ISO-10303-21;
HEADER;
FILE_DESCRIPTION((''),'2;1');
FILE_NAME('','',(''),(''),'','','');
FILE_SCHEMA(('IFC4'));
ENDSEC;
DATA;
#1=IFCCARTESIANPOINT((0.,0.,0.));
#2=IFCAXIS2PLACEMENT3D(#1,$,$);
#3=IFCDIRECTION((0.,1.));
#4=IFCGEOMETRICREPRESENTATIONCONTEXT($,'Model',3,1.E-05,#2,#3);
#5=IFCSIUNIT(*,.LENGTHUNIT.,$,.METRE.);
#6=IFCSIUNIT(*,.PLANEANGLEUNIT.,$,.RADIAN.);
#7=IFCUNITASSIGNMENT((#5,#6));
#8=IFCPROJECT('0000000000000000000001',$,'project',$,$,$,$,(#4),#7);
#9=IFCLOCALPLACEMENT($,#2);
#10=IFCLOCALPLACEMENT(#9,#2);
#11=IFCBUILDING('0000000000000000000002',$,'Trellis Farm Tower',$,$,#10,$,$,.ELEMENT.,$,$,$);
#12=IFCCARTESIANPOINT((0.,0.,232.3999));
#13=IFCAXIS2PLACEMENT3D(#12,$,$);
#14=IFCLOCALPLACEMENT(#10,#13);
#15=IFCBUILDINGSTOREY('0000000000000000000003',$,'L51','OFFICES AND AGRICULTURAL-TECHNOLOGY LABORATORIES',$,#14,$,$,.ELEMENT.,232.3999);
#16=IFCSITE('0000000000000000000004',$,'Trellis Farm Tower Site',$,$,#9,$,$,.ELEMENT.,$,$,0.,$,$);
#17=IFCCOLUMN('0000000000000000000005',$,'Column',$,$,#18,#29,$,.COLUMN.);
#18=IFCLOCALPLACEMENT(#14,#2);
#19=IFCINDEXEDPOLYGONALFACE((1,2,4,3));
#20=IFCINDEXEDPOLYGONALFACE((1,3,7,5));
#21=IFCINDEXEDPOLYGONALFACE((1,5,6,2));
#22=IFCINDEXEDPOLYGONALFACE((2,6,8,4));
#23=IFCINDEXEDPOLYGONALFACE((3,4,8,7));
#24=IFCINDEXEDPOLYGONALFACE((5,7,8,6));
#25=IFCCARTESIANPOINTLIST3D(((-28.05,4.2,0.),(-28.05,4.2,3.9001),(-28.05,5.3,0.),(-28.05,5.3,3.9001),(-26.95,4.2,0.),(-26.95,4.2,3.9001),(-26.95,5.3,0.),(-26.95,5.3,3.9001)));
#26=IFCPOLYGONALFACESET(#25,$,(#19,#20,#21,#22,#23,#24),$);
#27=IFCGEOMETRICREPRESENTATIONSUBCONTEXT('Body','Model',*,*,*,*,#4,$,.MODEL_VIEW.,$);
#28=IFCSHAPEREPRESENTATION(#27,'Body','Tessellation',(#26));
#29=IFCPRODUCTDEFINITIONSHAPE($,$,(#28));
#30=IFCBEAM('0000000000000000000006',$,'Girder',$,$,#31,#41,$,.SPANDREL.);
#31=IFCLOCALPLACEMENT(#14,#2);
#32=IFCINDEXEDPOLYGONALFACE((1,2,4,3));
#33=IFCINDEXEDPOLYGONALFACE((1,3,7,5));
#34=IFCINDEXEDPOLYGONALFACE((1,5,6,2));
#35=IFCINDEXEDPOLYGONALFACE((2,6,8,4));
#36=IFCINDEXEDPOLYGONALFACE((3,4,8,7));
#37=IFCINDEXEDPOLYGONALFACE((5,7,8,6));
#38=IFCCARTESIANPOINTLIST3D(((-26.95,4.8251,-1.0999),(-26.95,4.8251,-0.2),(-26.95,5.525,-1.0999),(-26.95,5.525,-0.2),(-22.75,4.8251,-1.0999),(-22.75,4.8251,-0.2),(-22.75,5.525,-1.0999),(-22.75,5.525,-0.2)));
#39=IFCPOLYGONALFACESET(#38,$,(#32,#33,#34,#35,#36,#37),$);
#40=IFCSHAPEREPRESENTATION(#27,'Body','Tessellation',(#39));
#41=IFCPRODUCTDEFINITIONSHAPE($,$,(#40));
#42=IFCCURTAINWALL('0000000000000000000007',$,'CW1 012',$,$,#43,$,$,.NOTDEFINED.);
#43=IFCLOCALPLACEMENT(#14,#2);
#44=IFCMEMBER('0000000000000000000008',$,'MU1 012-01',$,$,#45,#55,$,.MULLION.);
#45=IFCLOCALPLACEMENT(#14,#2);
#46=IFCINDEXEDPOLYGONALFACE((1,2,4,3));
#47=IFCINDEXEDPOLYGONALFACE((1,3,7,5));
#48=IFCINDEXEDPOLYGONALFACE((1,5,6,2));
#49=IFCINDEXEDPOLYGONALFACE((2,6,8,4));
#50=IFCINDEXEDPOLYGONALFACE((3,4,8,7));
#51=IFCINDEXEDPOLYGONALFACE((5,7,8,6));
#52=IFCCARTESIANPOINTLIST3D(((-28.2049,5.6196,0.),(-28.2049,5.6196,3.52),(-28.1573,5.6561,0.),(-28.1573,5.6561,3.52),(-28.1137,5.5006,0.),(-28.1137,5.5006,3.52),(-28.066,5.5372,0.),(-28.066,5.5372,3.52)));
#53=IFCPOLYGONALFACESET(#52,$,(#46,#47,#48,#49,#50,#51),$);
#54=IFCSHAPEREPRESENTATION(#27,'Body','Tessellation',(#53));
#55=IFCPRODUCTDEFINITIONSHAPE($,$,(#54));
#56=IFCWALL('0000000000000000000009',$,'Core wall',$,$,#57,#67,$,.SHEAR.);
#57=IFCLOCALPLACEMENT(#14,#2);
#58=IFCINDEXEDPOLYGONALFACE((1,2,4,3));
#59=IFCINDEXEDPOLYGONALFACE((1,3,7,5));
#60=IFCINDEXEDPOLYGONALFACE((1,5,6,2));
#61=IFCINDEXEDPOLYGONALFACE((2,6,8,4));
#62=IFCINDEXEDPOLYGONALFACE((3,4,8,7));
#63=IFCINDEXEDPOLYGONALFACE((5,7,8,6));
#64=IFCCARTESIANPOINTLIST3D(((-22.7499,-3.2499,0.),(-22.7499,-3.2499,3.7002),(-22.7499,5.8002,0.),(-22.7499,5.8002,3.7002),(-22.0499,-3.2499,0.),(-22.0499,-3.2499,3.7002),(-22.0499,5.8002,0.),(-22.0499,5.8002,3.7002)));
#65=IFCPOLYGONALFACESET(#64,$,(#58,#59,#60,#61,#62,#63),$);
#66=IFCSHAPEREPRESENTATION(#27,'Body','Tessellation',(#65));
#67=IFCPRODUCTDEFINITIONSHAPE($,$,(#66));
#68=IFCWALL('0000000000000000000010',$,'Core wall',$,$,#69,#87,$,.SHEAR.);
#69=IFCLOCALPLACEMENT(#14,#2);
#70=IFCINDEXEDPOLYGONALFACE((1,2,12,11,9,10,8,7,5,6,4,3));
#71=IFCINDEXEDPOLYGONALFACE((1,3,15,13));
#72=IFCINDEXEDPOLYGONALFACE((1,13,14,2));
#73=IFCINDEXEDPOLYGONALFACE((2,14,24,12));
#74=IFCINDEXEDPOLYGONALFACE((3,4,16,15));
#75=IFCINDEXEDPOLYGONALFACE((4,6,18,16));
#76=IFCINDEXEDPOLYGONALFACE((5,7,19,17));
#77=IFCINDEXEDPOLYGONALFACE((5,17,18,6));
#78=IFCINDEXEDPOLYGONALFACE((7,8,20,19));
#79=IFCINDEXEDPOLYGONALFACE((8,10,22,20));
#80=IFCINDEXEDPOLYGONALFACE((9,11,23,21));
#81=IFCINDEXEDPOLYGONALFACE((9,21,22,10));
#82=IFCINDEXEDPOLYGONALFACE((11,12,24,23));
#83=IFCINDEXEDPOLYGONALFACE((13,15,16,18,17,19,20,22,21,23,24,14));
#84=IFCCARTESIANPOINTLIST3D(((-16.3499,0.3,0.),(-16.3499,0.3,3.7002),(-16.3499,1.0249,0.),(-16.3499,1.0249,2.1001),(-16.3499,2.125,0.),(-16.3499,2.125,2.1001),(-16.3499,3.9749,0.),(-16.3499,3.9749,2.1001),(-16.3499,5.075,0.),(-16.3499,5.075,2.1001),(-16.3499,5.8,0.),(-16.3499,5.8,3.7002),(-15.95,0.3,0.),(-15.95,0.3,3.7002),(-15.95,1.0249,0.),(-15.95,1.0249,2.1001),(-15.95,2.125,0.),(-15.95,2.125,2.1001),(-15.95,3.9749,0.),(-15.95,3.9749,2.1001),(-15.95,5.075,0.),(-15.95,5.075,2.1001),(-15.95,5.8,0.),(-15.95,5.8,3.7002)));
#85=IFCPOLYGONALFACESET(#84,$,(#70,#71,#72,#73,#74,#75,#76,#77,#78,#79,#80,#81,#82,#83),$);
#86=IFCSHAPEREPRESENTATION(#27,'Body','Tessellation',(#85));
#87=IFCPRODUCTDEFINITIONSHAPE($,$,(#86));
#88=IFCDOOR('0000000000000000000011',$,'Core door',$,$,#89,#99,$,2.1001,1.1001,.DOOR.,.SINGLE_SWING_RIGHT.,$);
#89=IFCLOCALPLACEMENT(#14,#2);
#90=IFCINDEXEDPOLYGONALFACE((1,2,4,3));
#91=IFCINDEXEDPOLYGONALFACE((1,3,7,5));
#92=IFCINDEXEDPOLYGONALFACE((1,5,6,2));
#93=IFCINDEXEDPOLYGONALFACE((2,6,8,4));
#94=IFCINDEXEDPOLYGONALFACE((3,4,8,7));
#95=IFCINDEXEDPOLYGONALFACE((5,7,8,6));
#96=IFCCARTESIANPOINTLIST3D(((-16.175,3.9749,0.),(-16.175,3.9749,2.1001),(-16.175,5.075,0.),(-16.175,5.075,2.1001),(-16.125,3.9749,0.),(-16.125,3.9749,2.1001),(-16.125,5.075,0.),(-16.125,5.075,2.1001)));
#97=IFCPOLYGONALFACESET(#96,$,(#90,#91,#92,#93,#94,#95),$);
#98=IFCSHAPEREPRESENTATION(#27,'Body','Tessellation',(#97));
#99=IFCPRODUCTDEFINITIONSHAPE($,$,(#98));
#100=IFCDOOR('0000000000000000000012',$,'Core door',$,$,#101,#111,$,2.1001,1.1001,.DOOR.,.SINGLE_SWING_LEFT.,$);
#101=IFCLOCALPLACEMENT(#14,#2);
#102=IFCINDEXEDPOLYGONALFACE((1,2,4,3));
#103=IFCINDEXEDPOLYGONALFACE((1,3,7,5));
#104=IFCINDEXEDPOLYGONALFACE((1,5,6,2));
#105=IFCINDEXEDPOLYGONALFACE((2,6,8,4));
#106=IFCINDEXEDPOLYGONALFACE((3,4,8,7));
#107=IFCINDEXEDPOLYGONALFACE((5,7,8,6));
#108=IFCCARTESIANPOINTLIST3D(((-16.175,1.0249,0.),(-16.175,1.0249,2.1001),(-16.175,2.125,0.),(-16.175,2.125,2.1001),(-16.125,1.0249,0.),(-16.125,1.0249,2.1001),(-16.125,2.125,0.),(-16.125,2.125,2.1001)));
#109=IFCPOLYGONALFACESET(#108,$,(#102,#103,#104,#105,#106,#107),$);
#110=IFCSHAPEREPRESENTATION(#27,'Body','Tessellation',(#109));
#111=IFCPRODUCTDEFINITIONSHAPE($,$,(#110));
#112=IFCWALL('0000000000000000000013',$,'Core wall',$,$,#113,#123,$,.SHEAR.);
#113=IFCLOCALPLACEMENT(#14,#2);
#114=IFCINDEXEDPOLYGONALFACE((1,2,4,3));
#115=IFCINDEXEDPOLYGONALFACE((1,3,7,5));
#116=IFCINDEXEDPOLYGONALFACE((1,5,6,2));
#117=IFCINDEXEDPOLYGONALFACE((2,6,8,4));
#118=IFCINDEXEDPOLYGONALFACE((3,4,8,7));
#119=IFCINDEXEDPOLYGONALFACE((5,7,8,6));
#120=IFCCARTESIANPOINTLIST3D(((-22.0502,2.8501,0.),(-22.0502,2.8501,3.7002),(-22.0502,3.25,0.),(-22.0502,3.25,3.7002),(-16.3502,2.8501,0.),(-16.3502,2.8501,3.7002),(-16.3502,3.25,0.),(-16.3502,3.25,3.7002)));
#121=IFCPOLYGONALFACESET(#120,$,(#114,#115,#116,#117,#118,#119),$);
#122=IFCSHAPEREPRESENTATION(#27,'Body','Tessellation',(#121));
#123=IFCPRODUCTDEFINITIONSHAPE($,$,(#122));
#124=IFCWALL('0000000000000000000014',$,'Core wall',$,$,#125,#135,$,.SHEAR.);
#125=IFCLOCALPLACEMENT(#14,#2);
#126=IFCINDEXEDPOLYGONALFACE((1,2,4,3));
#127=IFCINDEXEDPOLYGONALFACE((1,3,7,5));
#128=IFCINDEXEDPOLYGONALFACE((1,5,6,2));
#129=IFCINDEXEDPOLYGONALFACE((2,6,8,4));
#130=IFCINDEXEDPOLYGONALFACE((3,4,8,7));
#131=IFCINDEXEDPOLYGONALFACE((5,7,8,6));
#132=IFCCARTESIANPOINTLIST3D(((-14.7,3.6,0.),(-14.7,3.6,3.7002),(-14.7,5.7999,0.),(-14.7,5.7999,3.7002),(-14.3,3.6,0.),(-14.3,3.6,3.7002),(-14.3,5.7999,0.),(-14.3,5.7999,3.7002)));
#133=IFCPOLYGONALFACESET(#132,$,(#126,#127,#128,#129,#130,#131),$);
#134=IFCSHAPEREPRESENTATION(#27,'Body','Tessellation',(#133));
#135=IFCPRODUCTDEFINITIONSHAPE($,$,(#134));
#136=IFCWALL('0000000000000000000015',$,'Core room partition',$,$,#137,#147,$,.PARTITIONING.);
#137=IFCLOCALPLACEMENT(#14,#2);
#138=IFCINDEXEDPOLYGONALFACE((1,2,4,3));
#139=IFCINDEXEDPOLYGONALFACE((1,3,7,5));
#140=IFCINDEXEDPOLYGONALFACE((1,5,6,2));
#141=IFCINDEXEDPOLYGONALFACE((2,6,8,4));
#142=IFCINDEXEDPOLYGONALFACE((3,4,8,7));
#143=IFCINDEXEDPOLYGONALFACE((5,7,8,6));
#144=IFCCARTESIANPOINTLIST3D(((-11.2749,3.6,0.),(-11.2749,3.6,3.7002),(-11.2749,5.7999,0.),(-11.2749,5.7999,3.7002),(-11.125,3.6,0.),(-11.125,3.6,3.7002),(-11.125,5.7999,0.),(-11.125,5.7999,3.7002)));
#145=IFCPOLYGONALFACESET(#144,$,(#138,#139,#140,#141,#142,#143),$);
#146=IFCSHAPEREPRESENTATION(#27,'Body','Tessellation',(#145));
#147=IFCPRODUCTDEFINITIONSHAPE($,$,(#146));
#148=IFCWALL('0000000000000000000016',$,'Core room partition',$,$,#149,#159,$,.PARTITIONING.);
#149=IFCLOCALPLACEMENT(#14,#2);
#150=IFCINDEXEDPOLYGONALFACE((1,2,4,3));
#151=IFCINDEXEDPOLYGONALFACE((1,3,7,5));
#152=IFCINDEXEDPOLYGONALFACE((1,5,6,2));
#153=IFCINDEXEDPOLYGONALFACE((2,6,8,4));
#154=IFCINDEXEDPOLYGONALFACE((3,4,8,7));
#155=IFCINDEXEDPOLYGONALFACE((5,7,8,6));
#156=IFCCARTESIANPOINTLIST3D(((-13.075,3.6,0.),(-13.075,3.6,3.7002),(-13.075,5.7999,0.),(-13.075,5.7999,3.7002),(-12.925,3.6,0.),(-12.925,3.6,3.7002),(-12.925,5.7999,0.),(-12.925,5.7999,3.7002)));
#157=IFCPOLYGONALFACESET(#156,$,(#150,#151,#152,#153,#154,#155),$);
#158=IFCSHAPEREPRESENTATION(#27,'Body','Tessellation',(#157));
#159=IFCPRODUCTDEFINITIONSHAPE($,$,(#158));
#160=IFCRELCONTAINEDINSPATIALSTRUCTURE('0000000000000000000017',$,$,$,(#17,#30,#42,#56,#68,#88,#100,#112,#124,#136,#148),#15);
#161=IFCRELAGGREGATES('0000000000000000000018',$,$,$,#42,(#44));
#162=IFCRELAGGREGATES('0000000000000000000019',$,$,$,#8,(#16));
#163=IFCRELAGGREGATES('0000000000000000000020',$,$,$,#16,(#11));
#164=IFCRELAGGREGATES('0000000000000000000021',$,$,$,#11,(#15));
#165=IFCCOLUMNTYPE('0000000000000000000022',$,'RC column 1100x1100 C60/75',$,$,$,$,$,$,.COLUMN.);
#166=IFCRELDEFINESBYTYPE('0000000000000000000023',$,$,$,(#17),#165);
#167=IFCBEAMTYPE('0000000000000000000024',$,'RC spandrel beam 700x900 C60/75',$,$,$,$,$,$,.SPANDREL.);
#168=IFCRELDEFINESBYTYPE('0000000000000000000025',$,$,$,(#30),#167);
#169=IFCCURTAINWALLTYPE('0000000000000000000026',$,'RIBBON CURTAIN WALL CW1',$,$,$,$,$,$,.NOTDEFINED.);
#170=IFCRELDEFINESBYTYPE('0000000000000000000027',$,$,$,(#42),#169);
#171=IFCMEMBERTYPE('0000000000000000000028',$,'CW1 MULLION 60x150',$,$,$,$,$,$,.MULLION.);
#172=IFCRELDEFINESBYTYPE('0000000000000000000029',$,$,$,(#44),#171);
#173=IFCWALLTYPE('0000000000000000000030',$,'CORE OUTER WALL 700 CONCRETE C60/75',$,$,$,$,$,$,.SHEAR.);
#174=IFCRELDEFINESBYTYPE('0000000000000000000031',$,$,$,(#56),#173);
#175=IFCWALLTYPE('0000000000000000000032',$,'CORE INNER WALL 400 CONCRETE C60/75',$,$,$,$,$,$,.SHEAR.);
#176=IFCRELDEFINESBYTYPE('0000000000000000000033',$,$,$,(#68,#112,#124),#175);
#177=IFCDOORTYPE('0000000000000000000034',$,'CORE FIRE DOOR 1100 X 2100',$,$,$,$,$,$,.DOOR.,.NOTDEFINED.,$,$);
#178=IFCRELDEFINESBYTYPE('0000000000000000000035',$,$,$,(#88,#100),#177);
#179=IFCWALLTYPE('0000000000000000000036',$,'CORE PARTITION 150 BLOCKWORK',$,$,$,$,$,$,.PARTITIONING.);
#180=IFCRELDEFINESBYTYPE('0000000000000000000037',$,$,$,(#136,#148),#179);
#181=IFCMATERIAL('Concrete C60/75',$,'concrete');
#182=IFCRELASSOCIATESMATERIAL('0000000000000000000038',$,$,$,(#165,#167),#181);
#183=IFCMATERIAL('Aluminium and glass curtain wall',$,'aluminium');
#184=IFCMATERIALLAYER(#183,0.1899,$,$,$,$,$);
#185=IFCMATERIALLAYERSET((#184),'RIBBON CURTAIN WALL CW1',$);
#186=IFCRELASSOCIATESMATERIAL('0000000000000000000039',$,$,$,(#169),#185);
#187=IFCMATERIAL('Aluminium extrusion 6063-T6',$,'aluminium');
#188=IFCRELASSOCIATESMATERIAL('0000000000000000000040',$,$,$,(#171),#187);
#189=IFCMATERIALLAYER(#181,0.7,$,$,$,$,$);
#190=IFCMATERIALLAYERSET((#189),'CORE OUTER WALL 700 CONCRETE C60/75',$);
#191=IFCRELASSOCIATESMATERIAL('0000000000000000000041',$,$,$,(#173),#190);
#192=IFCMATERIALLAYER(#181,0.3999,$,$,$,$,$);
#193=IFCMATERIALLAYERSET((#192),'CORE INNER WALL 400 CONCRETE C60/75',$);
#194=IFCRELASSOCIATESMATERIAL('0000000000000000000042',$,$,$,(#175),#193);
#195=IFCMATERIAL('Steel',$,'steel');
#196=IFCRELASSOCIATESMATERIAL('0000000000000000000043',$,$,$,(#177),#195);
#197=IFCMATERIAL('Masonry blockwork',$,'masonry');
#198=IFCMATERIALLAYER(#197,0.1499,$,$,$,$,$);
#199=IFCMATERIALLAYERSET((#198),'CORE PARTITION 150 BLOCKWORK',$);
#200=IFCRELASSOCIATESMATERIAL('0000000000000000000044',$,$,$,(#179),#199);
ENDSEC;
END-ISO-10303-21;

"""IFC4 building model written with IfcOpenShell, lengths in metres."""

from ifc_helpers import new_model, si_unit, direction, frame, frame_2d, origin, origin_2d, place, context, subcontext, project, spatial, rectangle, extrude, source, transform, mapped, material, layer, layer_set, material_profile, profile_set, type_object, element, fill, aggregate, save


model = new_model("IFC4")

# Units and contexts
model_context = context("Model", 3, precision=1e-05, world=origin(), true_north=direction((0.0, 1.0)))
body_context = subcontext(model_context, "Body", "Model", "MODEL_VIEW")
ifc_project = project(units=[si_unit("LENGTHUNIT", "METRE"), si_unit("PLANEANGLEUNIT", "RADIAN")], contexts=[model_context])

# Site, building, storey
site_placement = place(None, origin())
site = spatial("IfcSite", under=ifc_project, at=site_placement, Name="Trellis Farm Tower Site", CompositionType="ELEMENT", RefElevation=0.0)
building_placement = place(site_placement, origin())
building = spatial("IfcBuilding", under=site, at=building_placement, Name="Trellis Farm Tower", CompositionType="ELEMENT")
storey_placement = place(building_placement, frame((0.0, 0.0, 232.3999)))
storey = spatial("IfcBuildingStorey", under=building, at=storey_placement, Name="L51", Description="OFFICES AND AGRICULTURAL-TECHNOLOGY LABORATORIES", CompositionType="ELEMENT", Elevation=232.3999)

# Column
ifc_material_1 = material(Name="Concrete C60/75", Category="concrete")
ifc_material_profile_1 = material_profile(ifc_material_1, rectangle(XDim=1.1001, YDim=1.1001, at=origin_2d()), Name="RC column 1100x1100 C60/75")
ifc_profile_set_1 = profile_set([ifc_material_profile_1], Name="Concrete C60/75")
column_type = type_object("IfcColumnType", Name="RC column 1100x1100 C60/75", PredefinedType="COLUMN", material=ifc_profile_set_1)
shared_shape_1 = source(origin(), body_context, "Body", "SweptSolid", [
    extrude(rectangle(XDim=1.1001, YDim=1.1001, at=origin_2d()), origin(), (0.0, 0.0, 1.0), 3.9001),
])
column_placement = place(storey_placement, frame((-27.5, 4.75, 0.0), z_axis=(0.0, 0.0, 1.0), x_axis=(1.0, 0.0, 0.0)))
element("IfcColumn", 1, at=column_placement, inside=storey, type_object=column_type, Name="Column", PredefinedType="COLUMN", context=body_context, shape_type="MappedRepresentation", body=[
    mapped(shared_shape_1, transform((0.0, 0.0, 0.0))),
])

# Beam
ifc_material_profile_2 = material_profile(ifc_material_1, rectangle(XDim=0.7, YDim=0.8999, at=origin_2d()), Name="RC spandrel beam 700x900 C60/75")
ifc_profile_set_2 = profile_set([ifc_material_profile_2], Name="Concrete C60/75")
beam_type = type_object("IfcBeamType", Name="RC spandrel beam 700x900 C60/75", PredefinedType="SPANDREL", material=ifc_profile_set_2)
shared_shape_2 = source(origin(), body_context, "Body", "SweptSolid", [
    extrude(rectangle(XDim=0.7, YDim=0.8999, at=origin_2d()), origin(), (0.0, 0.0, 1.0), 4.2),
])
beam_placement = place(storey_placement, frame((-26.95, 5.175, -0.6499), z_axis=(1.0, 0.0, 0.0), x_axis=(0.0, 1.0, 0.0)))
element("IfcBeam", 2, at=beam_placement, inside=storey, type_object=beam_type, Name="Girder", PredefinedType="SPANDREL", context=body_context, shape_type="MappedRepresentation", body=[
    mapped(shared_shape_2, transform((0.0, 0.0, 0.0))),
])

# Curtain wall, member
ifc_material_2 = material(Name="Aluminium and glass curtain wall", Category="aluminium")
ifc_layer_1 = layer(ifc_material_2, 0.1899)
ifc_layer_set_1 = layer_set([ifc_layer_1], Name="RIBBON CURTAIN WALL CW1")
curtain_wall_type = type_object("IfcCurtainWallType", Name="RIBBON CURTAIN WALL CW1", PredefinedType="NOTDEFINED", material=ifc_layer_set_1)
placement = place(storey_placement, origin())
curtain_wall = element("IfcCurtainWall", 3, at=placement, inside=storey, type_object=curtain_wall_type, Name="CW1 012", PredefinedType="NOTDEFINED")
ifc_material_3 = material(Name="Aluminium extrusion 6063-T6", Category="aluminium")
ifc_material_profile_3 = material_profile(ifc_material_3, rectangle(XDim=0.0601, YDim=0.1499, at=origin_2d()), Name="MULLION 60x150")
ifc_profile_set_3 = profile_set([ifc_material_profile_3], Name="Aluminium extrusion 6063-T6")
member_type = type_object("IfcMemberType", Name="CW1 MULLION 60x150", PredefinedType="MULLION", material=ifc_profile_set_3)
shared_shape_3 = source(origin(), body_context, "Body", "SweptSolid", [
    extrude(rectangle(XDim=0.0601, YDim=0.1499, at=origin_2d()), origin(), (0.0, 0.0, 1.0), 3.52),
])
member_placement = place(storey_placement, frame((-28.1355, 5.5784, 0.0), z_axis=(0.0, 0.0, 1.0), x_axis=(-0.793353, -0.608761, 0.0)))
member = element("IfcMember", 4, at=member_placement, type_object=member_type, Name="MU1 012-01", PredefinedType="MULLION", context=body_context, shape_type="MappedRepresentation", body=[
    mapped(shared_shape_3, transform((0.0, 0.0, 0.0))),
])
aggregate(curtain_wall, [member])

# Wall
ifc_layer_2 = layer(ifc_material_1, 0.7)
ifc_layer_set_2 = layer_set([ifc_layer_2], Name="CORE OUTER WALL 700 CONCRETE C60/75")
wall_type_1 = type_object("IfcWallType", Name="CORE OUTER WALL 700 CONCRETE C60/75", PredefinedType="SHEAR", material=ifc_layer_set_2)
shared_shape_4 = source(origin(), body_context, "Body", "SweptSolid", [
    extrude(rectangle(XDim=9.05, YDim=0.7, at=frame_2d((4.5249, 0.0))), origin(), (0.0, 0.0, 1.0), 3.7002),
])
wall_1_placement = place(storey_placement, frame((-22.3999, 5.8, 0.0), z_axis=(0.0, 0.0, 1.0), x_axis=(0.0, -1.0, 0.0)))
element("IfcWall", 5, at=wall_1_placement, inside=storey, type_object=wall_type_1, Name="Core wall", PredefinedType="SHEAR", context=body_context, shape_type="MappedRepresentation", body=[
    mapped(shared_shape_4, transform((0.0, 0.0, 0.0))),
])

# Wall, openings, doors
ifc_layer_3 = layer(ifc_material_1, 0.3999)
ifc_layer_set_3 = layer_set([ifc_layer_3], Name="CORE INNER WALL 400 CONCRETE C60/75")
wall_type_2 = type_object("IfcWallType", Name="CORE INNER WALL 400 CONCRETE C60/75", PredefinedType="SHEAR", material=ifc_layer_set_3)
shared_shape_5 = source(origin(), body_context, "Body", "SweptSolid", [
    extrude(rectangle(XDim=5.5, YDim=0.3999, at=frame_2d((2.75, 0.0))), origin(), (0.0, 0.0, 1.0), 3.7002),
])
wall_2_placement = place(storey_placement, frame((-16.1499, 5.8, 0.0), z_axis=(0.0, 0.0, 1.0), x_axis=(0.0, -1.0, 0.0)))
wall_2 = element("IfcWall", 6, at=wall_2_placement, inside=storey, type_object=wall_type_2, Name="Core wall", PredefinedType="SHEAR", context=body_context, shape_type="MappedRepresentation", body=[
    mapped(shared_shape_5, transform((0.0, 0.0, 0.0))),
])
shared_shape_6 = source(origin(), body_context, "Body", "SweptSolid", [
    extrude(rectangle(XDim=1.1001, YDim=2.1001, at=frame_2d((0.55, 1.05))), frame((0.0, 0.21, 0.0), z_axis=(0.0, -1.0, 0.0), x_axis=(1.0, 0.0, 0.0)), (0.0, 0.0, 1.0), 0.4199),
])
opening_1_placement = place(wall_2_placement, frame((0.7251, 0.0, 0.0)))
opening_1 = element("IfcOpeningElement", 7, at=opening_1_placement, cuts=wall_2, PredefinedType="OPENING", context=body_context, shape_type="MappedRepresentation", body=[
    mapped(shared_shape_6, transform((0.0, 0.0, 0.0))),
])
opening_2_placement = place(wall_2_placement, frame((3.675, 0.0, 0.0)))
opening_2 = element("IfcOpeningElement", 8, at=opening_2_placement, cuts=wall_2, PredefinedType="OPENING", context=body_context, shape_type="MappedRepresentation", body=[
    mapped(shared_shape_6, transform((0.0, 0.0, 0.0))),
])
ifc_material_4 = material(Name="Steel", Category="steel")
door_type = type_object("IfcDoorType", Name="CORE FIRE DOOR 1100 X 2100", OperationType="NOTDEFINED", PredefinedType="DOOR", material=ifc_material_4)
shared_shape_7 = source(origin(), body_context, "Body", "SweptSolid", [
    extrude(rectangle(XDim=1.1001, YDim=2.1001, at=frame_2d((0.55, 1.05))), frame((0.0, 0.0249, 0.0), z_axis=(0.0, -1.0, 0.0), x_axis=(1.0, 0.0, 0.0)), (0.0, 0.0, 1.0), 0.05),
])
door_1_placement = place(opening_1_placement, origin())
door_1 = element("IfcDoor", 9, at=door_1_placement, inside=storey, type_object=door_type, Name="Core door", OperationType="SINGLE_SWING_RIGHT", OverallHeight=2.1001, OverallWidth=1.1001, PredefinedType="DOOR", context=body_context, shape_type="MappedRepresentation", body=[
    mapped(shared_shape_7, transform((0.0, 0.0, 0.0))),
])
fill(opening_1, door_1)
door_2_placement = place(opening_2_placement, origin())
door_2 = element("IfcDoor", 10, at=door_2_placement, inside=storey, type_object=door_type, Name="Core door", OperationType="SINGLE_SWING_LEFT", OverallHeight=2.1001, OverallWidth=1.1001, PredefinedType="DOOR", context=body_context, shape_type="MappedRepresentation", body=[
    mapped(shared_shape_7, transform((0.0, 0.0, 0.0))),
])
fill(opening_2, door_2)

# Walls
shared_shape_8 = source(origin(), body_context, "Body", "SweptSolid", [
    extrude(rectangle(XDim=5.7, YDim=0.3999, at=frame_2d((2.8501, 0.0))), origin(), (0.0, 0.0, 1.0), 3.7002),
])
wall_3_placement = place(storey_placement, frame((-16.3501, 3.05, 0.0), z_axis=(0.0, 0.0, 1.0), x_axis=(-1.0, 0.0, 0.0)))
element("IfcWall", 11, at=wall_3_placement, inside=storey, type_object=wall_type_2, Name="Core wall", PredefinedType="SHEAR", context=body_context, shape_type="MappedRepresentation", body=[
    mapped(shared_shape_8, transform((0.0, 0.0, 0.0))),
])
shared_shape_9 = source(origin(), body_context, "Body", "SweptSolid", [
    extrude(rectangle(XDim=2.2, YDim=0.3999, at=frame_2d((1.1001, 0.0))), origin(), (0.0, 0.0, 1.0), 3.7002),
])
wall_4_placement = place(storey_placement, frame((-14.5, 5.8, 0.0), z_axis=(0.0, 0.0, 1.0), x_axis=(0.0, -1.0, 0.0)))
element("IfcWall", 12, at=wall_4_placement, inside=storey, type_object=wall_type_2, Name="Core wall", PredefinedType="SHEAR", context=body_context, shape_type="MappedRepresentation", body=[
    mapped(shared_shape_9, transform((0.0, 0.0, 0.0))),
])
ifc_material_5 = material(Name="Masonry blockwork", Category="masonry")
ifc_layer_4 = layer(ifc_material_5, 0.1499)
ifc_layer_set_4 = layer_set([ifc_layer_4], Name="CORE PARTITION 150 BLOCKWORK")
wall_type_3 = type_object("IfcWallType", Name="CORE PARTITION 150 BLOCKWORK", PredefinedType="PARTITIONING", material=ifc_layer_set_4)
shared_shape_10 = source(origin(), body_context, "Body", "SweptSolid", [
    extrude(rectangle(XDim=2.2, YDim=0.1499, at=frame_2d((1.1001, 0.0))), origin(), (0.0, 0.0, 1.0), 3.7002),
])
for number, where, z_axis, x_axis, name in (
    (13, (-11.2, 5.8, 0.0), (0.0, 0.0, 1.0), (0.0, -1.0, 0.0), "Core room partition"),
    (14, (-13.0, 5.8, 0.0), (0.0, 0.0, 1.0), (0.0, -1.0, 0.0), "Core room partition"),
):
    element("IfcWall", number, at=place(storey_placement, frame(where, z_axis=z_axis, x_axis=x_axis)), inside=storey, type_object=wall_type_3, Name=name, PredefinedType="PARTITIONING", context=body_context, shape_type="MappedRepresentation", body=[
        mapped(shared_shape_10, transform((0.0, 0.0, 0.0))),
    ])

save(model, "model.ifc")
